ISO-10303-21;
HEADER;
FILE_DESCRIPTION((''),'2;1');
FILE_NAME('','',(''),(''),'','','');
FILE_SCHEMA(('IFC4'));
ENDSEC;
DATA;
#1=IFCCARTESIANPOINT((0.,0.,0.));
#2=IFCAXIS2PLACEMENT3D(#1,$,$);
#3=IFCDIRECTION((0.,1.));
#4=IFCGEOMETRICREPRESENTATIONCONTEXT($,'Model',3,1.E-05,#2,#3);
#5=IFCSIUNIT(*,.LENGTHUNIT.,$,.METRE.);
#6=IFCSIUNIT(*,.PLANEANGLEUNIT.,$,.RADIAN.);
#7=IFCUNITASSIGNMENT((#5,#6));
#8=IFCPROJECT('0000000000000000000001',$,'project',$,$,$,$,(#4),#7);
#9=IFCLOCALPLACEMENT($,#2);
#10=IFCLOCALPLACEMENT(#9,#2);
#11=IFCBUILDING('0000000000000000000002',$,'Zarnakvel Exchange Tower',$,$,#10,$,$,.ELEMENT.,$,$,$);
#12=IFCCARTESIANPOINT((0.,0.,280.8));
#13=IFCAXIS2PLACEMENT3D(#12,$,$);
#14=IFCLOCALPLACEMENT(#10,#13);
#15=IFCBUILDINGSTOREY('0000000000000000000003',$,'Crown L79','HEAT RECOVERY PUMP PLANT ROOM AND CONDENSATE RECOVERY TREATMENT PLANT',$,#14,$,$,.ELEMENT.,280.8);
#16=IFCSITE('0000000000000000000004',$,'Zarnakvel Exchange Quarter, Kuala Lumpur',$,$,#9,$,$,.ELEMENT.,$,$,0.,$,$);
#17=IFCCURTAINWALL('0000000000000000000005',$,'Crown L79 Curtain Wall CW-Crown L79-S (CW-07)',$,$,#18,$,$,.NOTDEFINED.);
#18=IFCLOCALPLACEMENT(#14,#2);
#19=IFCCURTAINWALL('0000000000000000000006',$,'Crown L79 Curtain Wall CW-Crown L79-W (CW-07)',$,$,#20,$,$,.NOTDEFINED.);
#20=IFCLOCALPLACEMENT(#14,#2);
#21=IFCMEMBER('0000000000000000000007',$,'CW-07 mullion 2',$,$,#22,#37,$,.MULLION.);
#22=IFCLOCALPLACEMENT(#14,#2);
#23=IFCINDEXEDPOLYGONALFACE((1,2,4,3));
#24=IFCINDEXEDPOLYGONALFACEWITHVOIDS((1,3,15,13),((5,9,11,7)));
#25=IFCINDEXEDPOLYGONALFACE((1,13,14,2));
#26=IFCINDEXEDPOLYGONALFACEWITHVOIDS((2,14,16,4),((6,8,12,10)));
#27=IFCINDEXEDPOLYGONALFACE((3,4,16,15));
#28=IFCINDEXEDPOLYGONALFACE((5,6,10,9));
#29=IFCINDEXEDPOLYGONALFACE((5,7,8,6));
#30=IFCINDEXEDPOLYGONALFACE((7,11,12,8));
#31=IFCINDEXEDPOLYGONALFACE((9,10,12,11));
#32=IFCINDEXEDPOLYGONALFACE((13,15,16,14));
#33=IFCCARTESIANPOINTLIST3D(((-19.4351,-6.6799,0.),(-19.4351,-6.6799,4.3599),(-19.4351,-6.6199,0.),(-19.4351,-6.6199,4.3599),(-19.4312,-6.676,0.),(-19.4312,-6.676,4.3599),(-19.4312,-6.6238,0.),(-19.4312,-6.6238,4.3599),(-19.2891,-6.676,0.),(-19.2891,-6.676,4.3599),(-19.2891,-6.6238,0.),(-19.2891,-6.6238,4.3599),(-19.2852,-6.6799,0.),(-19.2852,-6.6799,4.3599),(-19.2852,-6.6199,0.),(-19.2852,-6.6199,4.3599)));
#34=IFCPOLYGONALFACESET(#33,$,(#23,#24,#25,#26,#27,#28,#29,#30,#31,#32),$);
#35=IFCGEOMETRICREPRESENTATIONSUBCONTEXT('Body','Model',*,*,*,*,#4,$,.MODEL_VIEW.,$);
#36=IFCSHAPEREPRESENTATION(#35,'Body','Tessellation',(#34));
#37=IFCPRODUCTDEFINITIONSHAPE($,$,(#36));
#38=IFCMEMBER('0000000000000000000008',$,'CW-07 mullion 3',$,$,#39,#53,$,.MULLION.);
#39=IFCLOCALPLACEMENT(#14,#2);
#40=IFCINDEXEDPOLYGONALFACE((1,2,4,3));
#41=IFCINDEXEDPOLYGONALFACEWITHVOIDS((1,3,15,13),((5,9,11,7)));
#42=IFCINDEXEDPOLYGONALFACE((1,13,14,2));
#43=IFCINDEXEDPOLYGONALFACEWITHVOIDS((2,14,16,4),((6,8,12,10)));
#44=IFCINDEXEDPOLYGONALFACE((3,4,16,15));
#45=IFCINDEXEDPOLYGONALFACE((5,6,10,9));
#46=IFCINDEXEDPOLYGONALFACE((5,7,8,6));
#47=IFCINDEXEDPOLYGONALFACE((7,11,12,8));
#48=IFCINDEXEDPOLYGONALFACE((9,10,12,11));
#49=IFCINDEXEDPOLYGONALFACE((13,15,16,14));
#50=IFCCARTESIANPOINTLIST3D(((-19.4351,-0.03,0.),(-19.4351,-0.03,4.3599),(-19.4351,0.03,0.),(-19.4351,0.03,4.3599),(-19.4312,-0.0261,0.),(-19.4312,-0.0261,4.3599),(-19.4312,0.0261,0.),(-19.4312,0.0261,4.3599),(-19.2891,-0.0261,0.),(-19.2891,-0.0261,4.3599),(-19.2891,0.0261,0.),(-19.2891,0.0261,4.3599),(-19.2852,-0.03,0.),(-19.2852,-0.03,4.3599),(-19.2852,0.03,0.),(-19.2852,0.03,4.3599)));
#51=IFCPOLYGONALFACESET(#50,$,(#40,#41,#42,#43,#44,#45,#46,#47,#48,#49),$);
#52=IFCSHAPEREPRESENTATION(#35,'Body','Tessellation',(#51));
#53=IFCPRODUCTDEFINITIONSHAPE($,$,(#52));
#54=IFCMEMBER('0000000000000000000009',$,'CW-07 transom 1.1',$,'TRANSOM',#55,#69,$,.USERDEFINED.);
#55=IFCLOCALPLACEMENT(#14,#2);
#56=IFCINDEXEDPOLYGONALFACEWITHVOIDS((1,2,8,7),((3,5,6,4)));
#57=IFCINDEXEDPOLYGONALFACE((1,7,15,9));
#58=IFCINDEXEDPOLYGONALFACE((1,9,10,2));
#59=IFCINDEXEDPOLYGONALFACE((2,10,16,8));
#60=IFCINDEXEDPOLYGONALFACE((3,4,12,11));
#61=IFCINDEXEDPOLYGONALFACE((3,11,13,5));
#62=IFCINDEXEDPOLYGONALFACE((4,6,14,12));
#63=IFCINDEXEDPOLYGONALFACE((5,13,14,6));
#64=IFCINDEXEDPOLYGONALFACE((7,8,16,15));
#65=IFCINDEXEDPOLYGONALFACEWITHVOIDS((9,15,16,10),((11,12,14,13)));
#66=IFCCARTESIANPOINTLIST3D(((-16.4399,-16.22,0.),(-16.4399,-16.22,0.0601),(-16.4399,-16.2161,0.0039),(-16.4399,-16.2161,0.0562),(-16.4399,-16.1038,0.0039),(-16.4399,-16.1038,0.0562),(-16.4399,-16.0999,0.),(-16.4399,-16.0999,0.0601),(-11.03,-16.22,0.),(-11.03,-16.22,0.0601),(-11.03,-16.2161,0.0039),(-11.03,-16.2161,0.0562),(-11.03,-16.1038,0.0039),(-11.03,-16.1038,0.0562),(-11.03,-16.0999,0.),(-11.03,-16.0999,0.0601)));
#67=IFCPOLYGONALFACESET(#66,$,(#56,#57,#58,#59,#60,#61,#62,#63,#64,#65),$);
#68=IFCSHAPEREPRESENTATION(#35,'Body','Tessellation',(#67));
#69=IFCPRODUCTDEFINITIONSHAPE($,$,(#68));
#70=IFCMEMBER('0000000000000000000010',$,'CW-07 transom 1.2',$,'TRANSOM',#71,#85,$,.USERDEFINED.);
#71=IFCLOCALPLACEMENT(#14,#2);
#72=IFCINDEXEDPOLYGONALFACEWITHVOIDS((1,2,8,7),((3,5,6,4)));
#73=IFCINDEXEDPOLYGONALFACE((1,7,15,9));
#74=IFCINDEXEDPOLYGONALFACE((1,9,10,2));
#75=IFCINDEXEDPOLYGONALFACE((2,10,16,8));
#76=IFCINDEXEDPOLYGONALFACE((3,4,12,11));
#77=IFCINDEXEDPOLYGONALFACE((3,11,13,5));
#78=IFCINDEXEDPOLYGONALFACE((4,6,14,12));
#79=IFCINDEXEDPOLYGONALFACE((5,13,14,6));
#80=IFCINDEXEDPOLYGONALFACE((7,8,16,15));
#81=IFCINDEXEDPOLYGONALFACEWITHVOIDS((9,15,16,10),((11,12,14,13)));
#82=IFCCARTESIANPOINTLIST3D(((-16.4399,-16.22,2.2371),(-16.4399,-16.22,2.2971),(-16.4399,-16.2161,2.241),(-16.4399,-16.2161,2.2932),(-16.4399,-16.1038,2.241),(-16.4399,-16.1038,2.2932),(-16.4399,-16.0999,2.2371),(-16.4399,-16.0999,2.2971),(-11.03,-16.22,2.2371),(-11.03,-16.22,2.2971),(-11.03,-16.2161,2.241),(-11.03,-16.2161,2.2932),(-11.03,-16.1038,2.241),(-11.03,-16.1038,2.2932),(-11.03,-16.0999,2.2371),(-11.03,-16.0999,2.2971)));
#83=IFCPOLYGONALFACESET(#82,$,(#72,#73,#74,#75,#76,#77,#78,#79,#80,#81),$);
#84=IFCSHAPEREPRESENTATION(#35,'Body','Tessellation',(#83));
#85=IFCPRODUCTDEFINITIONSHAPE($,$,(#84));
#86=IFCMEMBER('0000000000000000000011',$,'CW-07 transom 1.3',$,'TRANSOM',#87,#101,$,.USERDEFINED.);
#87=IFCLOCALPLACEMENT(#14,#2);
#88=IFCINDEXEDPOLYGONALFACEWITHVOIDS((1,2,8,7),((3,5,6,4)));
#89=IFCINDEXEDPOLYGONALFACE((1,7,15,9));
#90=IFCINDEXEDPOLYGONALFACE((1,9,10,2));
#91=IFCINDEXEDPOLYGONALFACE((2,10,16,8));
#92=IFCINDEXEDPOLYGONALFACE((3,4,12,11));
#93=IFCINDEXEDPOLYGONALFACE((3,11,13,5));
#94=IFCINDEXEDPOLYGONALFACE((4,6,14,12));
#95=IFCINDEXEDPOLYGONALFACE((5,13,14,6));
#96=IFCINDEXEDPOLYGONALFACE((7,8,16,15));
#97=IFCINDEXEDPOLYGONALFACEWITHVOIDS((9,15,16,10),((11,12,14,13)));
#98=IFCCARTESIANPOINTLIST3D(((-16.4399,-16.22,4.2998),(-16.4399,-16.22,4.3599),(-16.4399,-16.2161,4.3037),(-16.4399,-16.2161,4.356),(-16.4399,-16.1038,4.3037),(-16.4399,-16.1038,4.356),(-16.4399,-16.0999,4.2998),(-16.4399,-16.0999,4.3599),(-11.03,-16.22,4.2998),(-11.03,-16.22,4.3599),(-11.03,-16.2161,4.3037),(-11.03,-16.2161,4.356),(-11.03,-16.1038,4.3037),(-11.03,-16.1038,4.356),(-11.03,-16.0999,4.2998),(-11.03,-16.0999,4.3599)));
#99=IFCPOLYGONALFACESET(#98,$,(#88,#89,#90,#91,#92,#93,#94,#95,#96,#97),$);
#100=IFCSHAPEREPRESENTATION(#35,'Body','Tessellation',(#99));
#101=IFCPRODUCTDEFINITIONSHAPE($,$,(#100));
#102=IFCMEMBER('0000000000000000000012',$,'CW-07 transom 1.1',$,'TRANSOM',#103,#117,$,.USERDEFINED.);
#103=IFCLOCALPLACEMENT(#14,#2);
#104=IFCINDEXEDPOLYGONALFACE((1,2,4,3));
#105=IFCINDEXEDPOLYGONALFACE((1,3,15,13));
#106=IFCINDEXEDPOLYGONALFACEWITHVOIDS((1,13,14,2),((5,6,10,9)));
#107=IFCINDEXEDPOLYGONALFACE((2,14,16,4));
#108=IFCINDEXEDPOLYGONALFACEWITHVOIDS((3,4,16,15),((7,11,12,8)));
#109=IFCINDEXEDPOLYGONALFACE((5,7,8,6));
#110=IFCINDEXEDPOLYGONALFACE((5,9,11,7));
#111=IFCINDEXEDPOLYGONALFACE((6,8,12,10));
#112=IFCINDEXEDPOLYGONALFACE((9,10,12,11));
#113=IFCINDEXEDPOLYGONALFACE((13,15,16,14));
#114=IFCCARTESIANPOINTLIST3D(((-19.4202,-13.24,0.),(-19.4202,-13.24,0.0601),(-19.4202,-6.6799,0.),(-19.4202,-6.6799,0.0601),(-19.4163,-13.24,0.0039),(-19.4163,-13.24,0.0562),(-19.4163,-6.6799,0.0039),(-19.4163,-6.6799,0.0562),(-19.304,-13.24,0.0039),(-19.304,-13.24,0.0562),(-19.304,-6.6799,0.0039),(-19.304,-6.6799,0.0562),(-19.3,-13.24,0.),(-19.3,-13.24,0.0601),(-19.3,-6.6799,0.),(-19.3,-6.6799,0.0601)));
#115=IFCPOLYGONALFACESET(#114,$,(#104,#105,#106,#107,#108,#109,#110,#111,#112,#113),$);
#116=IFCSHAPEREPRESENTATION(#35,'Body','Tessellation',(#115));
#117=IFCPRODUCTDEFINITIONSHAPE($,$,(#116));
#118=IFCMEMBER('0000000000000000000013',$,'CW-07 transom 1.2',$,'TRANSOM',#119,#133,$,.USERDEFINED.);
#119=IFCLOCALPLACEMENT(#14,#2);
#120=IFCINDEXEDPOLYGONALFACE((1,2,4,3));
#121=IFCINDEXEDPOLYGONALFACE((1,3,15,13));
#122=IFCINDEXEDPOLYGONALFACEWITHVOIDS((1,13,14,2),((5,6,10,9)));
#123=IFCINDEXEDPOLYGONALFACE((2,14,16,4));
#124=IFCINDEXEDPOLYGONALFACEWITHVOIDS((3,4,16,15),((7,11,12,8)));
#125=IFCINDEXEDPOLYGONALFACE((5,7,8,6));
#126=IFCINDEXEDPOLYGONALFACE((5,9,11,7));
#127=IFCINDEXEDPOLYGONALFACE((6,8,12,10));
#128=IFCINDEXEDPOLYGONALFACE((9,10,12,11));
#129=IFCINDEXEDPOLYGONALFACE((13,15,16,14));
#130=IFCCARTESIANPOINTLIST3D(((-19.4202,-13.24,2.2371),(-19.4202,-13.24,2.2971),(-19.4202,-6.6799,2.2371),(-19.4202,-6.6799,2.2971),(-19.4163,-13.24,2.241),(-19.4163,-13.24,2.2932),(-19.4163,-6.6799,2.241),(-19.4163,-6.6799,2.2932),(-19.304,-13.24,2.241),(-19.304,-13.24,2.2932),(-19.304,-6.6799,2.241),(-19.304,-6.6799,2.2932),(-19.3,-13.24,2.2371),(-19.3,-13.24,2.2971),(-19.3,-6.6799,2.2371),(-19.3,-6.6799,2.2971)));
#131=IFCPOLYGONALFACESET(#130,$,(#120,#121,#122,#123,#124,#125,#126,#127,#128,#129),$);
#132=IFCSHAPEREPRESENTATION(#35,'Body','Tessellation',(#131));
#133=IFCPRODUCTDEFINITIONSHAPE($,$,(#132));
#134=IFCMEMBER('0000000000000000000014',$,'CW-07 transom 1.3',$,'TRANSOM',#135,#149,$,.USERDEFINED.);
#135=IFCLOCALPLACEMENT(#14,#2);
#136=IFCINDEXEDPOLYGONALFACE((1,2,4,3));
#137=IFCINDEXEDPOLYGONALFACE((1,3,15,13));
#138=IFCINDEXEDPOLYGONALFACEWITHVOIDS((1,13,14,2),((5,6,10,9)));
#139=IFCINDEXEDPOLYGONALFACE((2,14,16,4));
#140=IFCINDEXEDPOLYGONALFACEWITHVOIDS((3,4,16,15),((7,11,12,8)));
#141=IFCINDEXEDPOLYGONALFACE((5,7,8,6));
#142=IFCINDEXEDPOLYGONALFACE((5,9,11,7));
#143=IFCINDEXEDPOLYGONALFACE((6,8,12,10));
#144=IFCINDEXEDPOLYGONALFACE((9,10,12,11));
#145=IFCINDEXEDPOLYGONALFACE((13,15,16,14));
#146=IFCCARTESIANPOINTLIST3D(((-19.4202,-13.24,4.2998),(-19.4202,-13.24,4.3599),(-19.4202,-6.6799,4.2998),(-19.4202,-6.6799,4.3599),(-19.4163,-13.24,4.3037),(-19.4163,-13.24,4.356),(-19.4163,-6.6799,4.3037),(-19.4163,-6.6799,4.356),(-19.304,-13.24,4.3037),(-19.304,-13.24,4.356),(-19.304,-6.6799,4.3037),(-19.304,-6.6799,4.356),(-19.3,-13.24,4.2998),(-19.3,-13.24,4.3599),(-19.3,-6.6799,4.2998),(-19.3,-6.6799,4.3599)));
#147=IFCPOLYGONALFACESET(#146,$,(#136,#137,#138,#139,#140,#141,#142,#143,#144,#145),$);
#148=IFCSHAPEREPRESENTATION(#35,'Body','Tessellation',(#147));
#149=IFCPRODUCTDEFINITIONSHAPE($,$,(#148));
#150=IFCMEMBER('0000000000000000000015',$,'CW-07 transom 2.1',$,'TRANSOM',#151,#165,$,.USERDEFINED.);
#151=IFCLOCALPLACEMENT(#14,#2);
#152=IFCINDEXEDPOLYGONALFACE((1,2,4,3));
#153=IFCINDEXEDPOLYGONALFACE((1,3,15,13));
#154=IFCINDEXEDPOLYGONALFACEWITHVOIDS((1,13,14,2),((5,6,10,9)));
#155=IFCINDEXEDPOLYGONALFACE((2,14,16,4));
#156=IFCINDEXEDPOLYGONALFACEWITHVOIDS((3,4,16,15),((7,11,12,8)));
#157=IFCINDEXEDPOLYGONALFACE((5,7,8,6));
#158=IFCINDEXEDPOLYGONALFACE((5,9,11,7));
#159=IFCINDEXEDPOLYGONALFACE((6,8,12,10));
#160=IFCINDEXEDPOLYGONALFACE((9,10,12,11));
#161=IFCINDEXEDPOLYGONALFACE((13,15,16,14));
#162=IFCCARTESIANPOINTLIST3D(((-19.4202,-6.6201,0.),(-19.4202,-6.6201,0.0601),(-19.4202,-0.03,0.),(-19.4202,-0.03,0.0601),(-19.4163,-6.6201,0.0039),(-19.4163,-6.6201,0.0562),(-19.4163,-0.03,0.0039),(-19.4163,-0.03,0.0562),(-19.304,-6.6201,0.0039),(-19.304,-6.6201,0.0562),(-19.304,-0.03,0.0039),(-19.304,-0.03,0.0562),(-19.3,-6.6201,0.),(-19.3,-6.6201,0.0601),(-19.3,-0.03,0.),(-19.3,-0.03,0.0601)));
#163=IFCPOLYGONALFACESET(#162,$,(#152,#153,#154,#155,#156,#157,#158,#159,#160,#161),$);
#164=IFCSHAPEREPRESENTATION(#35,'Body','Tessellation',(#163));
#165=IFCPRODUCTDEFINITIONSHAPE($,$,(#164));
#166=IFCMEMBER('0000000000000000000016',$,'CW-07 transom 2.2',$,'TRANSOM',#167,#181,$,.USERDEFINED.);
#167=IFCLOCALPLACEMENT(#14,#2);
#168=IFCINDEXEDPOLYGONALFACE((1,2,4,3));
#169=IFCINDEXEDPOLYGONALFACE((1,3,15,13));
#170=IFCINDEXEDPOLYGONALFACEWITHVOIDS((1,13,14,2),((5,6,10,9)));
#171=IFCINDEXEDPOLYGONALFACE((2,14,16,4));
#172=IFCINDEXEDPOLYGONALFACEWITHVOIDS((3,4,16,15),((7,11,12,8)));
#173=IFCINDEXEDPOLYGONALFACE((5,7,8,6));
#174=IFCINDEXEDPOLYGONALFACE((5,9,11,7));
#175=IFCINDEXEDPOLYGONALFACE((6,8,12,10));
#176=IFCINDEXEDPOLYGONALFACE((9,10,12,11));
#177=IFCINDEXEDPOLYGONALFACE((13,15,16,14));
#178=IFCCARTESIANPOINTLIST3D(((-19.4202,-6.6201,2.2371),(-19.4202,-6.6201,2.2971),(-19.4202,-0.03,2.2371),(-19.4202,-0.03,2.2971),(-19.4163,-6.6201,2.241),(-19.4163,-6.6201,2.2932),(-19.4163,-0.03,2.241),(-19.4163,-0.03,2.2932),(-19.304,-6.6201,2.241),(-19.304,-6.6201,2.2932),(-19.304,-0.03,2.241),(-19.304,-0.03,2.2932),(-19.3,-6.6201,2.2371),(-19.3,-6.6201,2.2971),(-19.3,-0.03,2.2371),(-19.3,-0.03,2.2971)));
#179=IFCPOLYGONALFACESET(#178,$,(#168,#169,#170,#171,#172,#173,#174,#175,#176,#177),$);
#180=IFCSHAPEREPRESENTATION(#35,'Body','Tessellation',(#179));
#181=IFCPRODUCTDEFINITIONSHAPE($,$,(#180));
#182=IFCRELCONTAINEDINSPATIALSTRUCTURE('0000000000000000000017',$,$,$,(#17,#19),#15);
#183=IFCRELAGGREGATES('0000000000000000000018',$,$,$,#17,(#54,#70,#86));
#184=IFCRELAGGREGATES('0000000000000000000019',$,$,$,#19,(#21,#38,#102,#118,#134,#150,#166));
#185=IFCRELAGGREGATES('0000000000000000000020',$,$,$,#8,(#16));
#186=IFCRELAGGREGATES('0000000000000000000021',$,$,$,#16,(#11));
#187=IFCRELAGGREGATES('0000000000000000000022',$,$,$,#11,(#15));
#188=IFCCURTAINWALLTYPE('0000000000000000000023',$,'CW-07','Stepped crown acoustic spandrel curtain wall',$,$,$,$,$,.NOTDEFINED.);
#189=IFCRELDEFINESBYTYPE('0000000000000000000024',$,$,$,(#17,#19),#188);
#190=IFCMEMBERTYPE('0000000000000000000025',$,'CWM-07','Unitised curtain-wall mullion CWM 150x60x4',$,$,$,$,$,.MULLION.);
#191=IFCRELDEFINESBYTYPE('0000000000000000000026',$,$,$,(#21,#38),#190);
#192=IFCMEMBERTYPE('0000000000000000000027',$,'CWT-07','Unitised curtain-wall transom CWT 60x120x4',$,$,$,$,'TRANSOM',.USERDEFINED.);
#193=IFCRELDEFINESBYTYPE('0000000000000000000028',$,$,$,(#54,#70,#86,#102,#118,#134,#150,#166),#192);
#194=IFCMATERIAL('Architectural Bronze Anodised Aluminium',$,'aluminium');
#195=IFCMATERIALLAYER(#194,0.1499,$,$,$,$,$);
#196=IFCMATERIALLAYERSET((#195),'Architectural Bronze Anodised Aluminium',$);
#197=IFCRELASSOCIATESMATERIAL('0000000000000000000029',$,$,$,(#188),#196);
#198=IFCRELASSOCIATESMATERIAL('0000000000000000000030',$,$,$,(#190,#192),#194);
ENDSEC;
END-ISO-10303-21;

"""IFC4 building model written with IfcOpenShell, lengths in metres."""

from ifc_helpers import new_model, si_unit, direction, frame, origin, origin_2d, place, context, subcontext, project, spatial, hollow_rectangle, extrude, source, transform, mapped, material, layer, layer_set, material_profile, profile_set, type_object, element, aggregate, save


model = new_model("IFC4")

# Units and contexts
model_context = context("Model", 3, precision=1e-05, world=origin(), true_north=direction((0.0, 1.0)))
body_context = subcontext(model_context, "Body", "Model", "MODEL_VIEW")
ifc_project = project(units=[si_unit("LENGTHUNIT", "METRE"), si_unit("PLANEANGLEUNIT", "RADIAN")], contexts=[model_context])

# Site, building, storey
site_placement = place(None, origin())
site = spatial("IfcSite", under=ifc_project, at=site_placement, Name="Zarnakvel Exchange Quarter, Kuala Lumpur", CompositionType="ELEMENT", RefElevation=0.0)
building_placement = place(site_placement, origin())
building = spatial("IfcBuilding", under=site, at=building_placement, Name="Zarnakvel Exchange Tower", CompositionType="ELEMENT")
storey_placement = place(building_placement, frame((0.0, 0.0, 280.8)))
storey = spatial("IfcBuildingStorey", under=building, at=storey_placement, Name="Crown L79", Description="HEAT RECOVERY PUMP PLANT ROOM AND CONDENSATE RECOVERY TREATMENT PLANT", CompositionType="ELEMENT", Elevation=280.8)

# Curtain wall
ifc_material_1 = material(Name="Architectural Bronze Anodised Aluminium", Category="aluminium")
ifc_layer_1 = layer(ifc_material_1, 0.1499)
ifc_layer_set_1 = layer_set([ifc_layer_1], Name="Architectural Bronze Anodised Aluminium")
curtain_wall_type = type_object("IfcCurtainWallType", Name="CW-07", Description="Stepped crown acoustic spandrel curtain wall", PredefinedType="NOTDEFINED", material=ifc_layer_set_1)
curtain_wall_1_placement = place(storey_placement, origin())
curtain_wall_1 = element("IfcCurtainWall", 1, at=curtain_wall_1_placement, inside=storey, type_object=curtain_wall_type, Name="Crown L79 Curtain Wall CW-Crown L79-S (CW-07)", PredefinedType="NOTDEFINED")
ifc_material_profile_1 = material_profile(ifc_material_1, hollow_rectangle(XDim=0.1499, YDim=0.0601, WallThickness=0.0039, at=origin_2d()))
ifc_profile_set_1 = profile_set([ifc_material_profile_1], Name="Architectural Bronze Anodised Aluminium")
member_type_1 = type_object("IfcMemberType", Name="CWM-07", Description="Unitised curtain-wall mullion CWM 150x60x4", PredefinedType="MULLION", material=ifc_profile_set_1)
shared_shape_1 = source(origin(), body_context, "Body", "SweptSolid", [
    extrude(hollow_rectangle(XDim=0.1499, YDim=0.0601, WallThickness=0.0039, at=origin_2d()), origin(), (0.0, 0.0, 1.0), 4.3599),
])

# Curtain wall, members
curtain_wall_2_placement = place(storey_placement, origin())
curtain_wall_2 = element("IfcCurtainWall", 2, at=curtain_wall_2_placement, inside=storey, type_object=curtain_wall_type, Name="Crown L79 Curtain Wall CW-Crown L79-W (CW-07)", PredefinedType="NOTDEFINED")
member_1_placement = place(storey_placement, frame((-19.3601, -6.6499, 0.0), z_axis=(0.0, 0.0, 1.0), x_axis=(-1.0, 0.0, 0.0)))
member_1 = element("IfcMember", 3, at=member_1_placement, type_object=member_type_1, Name="CW-07 mullion 2", PredefinedType="MULLION", context=body_context, shape_type="MappedRepresentation", body=[
    mapped(shared_shape_1, transform((0.0, 0.0, 0.0), x_axis=(1.0, 0.0, 0.0), y_axis=(0.0, 1.0, 0.0), z_axis=(0.0, 0.0, 1.0), scale=1.0)),
])
member_2_placement = place(storey_placement, frame((-19.3601, 0.0, 0.0), z_axis=(0.0, 0.0, 1.0), x_axis=(-1.0, 0.0, 0.0)))
member_2 = element("IfcMember", 4, at=member_2_placement, type_object=member_type_1, Name="CW-07 mullion 3", PredefinedType="MULLION", context=body_context, shape_type="MappedRepresentation", body=[
    mapped(shared_shape_1, transform((0.0, 0.0, 0.0), x_axis=(1.0, 0.0, 0.0), y_axis=(0.0, 1.0, 0.0), z_axis=(0.0, 0.0, 1.0), scale=1.0)),
])

# Members
ifc_material_profile_2 = material_profile(ifc_material_1, hollow_rectangle(XDim=0.1201, YDim=0.0601, WallThickness=0.0039, at=origin_2d()))
ifc_profile_set_2 = profile_set([ifc_material_profile_2], Name="Architectural Bronze Anodised Aluminium")
member_type_2 = type_object("IfcMemberType", Name="CWT-07", Description="Unitised curtain-wall transom CWT 60x120x4", ElementType="TRANSOM", PredefinedType="USERDEFINED", material=ifc_profile_set_2)
shared_shape_2 = source(origin(), body_context, "Body", "SweptSolid", [
    extrude(hollow_rectangle(XDim=0.1201, YDim=0.0601, WallThickness=0.0039, at=origin_2d()), origin(), (0.0, 0.0, 1.0), 5.4099),
])
member_3_placement = place(storey_placement, frame((-16.4399, -16.1599, 0.03), z_axis=(1.0, 0.0, 0.0), x_axis=(0.0, 1.0, 0.0)))
member_3 = element("IfcMember", 5, at=member_3_placement, type_object=member_type_2, Name="CW-07 transom 1.1", ObjectType="TRANSOM", PredefinedType="USERDEFINED", context=body_context, shape_type="MappedRepresentation", body=[
    mapped(shared_shape_2, transform((0.0, 0.0, 0.0), x_axis=(1.0, 0.0, 0.0), y_axis=(0.0, 1.0, 0.0), z_axis=(0.0, 0.0, 1.0), scale=1.0)),
])
member_4_placement = place(storey_placement, frame((-16.4399, -16.1599, 2.2671), z_axis=(1.0, 0.0, 0.0), x_axis=(0.0, 1.0, 0.0)))
member_4 = element("IfcMember", 6, at=member_4_placement, type_object=member_type_2, Name="CW-07 transom 1.2", ObjectType="TRANSOM", PredefinedType="USERDEFINED", context=body_context, shape_type="MappedRepresentation", body=[
    mapped(shared_shape_2, transform((0.0, 0.0, 0.0), x_axis=(1.0, 0.0, 0.0), y_axis=(0.0, 1.0, 0.0), z_axis=(0.0, 0.0, 1.0), scale=1.0)),
])
member_5_placement = place(storey_placement, frame((-16.4399, -16.1599, 4.3298), z_axis=(1.0, 0.0, 0.0), x_axis=(0.0, 1.0, 0.0)))
member_5 = element("IfcMember", 7, at=member_5_placement, type_object=member_type_2, Name="CW-07 transom 1.3", ObjectType="TRANSOM", PredefinedType="USERDEFINED", context=body_context, shape_type="MappedRepresentation", body=[
    mapped(shared_shape_2, transform((0.0, 0.0, 0.0), x_axis=(1.0, 0.0, 0.0), y_axis=(0.0, 1.0, 0.0), z_axis=(0.0, 0.0, 1.0), scale=1.0)),
])
aggregate(curtain_wall_1, [member_3, member_4, member_5])
shared_shape_3 = source(origin(), body_context, "Body", "SweptSolid", [
    extrude(hollow_rectangle(XDim=0.1201, YDim=0.0601, WallThickness=0.0039, at=origin_2d()), origin(), (0.0, 0.0, 1.0), 6.5601),
])
member_6_placement = place(storey_placement, frame((-19.3601, -13.24, 0.03), z_axis=(0.0, 1.0, 0.0), x_axis=(-1.0, 0.0, 0.0)))
member_6 = element("IfcMember", 8, at=member_6_placement, type_object=member_type_2, Name="CW-07 transom 1.1", ObjectType="TRANSOM", PredefinedType="USERDEFINED", context=body_context, shape_type="MappedRepresentation", body=[
    mapped(shared_shape_3, transform((0.0, 0.0, 0.0), x_axis=(1.0, 0.0, 0.0), y_axis=(0.0, 1.0, 0.0), z_axis=(0.0, 0.0, 1.0), scale=1.0)),
])
member_7_placement = place(storey_placement, frame((-19.3601, -13.24, 2.2671), z_axis=(0.0, 1.0, 0.0), x_axis=(-1.0, 0.0, 0.0)))
member_7 = element("IfcMember", 9, at=member_7_placement, type_object=member_type_2, Name="CW-07 transom 1.2", ObjectType="TRANSOM", PredefinedType="USERDEFINED", context=body_context, shape_type="MappedRepresentation", body=[
    mapped(shared_shape_3, transform((0.0, 0.0, 0.0), x_axis=(1.0, 0.0, 0.0), y_axis=(0.0, 1.0, 0.0), z_axis=(0.0, 0.0, 1.0), scale=1.0)),
])
member_8_placement = place(storey_placement, frame((-19.3601, -13.24, 4.3298), z_axis=(0.0, 1.0, 0.0), x_axis=(-1.0, 0.0, 0.0)))
member_8 = element("IfcMember", 10, at=member_8_placement, type_object=member_type_2, Name="CW-07 transom 1.3", ObjectType="TRANSOM", PredefinedType="USERDEFINED", context=body_context, shape_type="MappedRepresentation", body=[
    mapped(shared_shape_3, transform((0.0, 0.0, 0.0), x_axis=(1.0, 0.0, 0.0), y_axis=(0.0, 1.0, 0.0), z_axis=(0.0, 0.0, 1.0), scale=1.0)),
])
shared_shape_4 = source(origin(), body_context, "Body", "SweptSolid", [
    extrude(hollow_rectangle(XDim=0.1201, YDim=0.0601, WallThickness=0.0039, at=origin_2d()), origin(), (0.0, 0.0, 1.0), 6.5901),
])
member_9_placement = place(storey_placement, frame((-19.3601, -6.6201, 0.03), z_axis=(0.0, 1.0, 0.0), x_axis=(-1.0, 0.0, 0.0)))
member_9 = element("IfcMember", 11, at=member_9_placement, type_object=member_type_2, Name="CW-07 transom 2.1", ObjectType="TRANSOM", PredefinedType="USERDEFINED", context=body_context, shape_type="MappedRepresentation", body=[
    mapped(shared_shape_4, transform((0.0, 0.0, 0.0), x_axis=(1.0, 0.0, 0.0), y_axis=(0.0, 1.0, 0.0), z_axis=(0.0, 0.0, 1.0), scale=1.0)),
])
member_10_placement = place(storey_placement, frame((-19.3601, -6.6201, 2.2671), z_axis=(0.0, 1.0, 0.0), x_axis=(-1.0, 0.0, 0.0)))
member_10 = element("IfcMember", 12, at=member_10_placement, type_object=member_type_2, Name="CW-07 transom 2.2", ObjectType="TRANSOM", PredefinedType="USERDEFINED", context=body_context, shape_type="MappedRepresentation", body=[
    mapped(shared_shape_4, transform((0.0, 0.0, 0.0), x_axis=(1.0, 0.0, 0.0), y_axis=(0.0, 1.0, 0.0), z_axis=(0.0, 0.0, 1.0), scale=1.0)),
])

aggregate(curtain_wall_2, [member_1, member_2, member_6, member_7, member_8, member_9, member_10])

save(model, "model.ifc")
